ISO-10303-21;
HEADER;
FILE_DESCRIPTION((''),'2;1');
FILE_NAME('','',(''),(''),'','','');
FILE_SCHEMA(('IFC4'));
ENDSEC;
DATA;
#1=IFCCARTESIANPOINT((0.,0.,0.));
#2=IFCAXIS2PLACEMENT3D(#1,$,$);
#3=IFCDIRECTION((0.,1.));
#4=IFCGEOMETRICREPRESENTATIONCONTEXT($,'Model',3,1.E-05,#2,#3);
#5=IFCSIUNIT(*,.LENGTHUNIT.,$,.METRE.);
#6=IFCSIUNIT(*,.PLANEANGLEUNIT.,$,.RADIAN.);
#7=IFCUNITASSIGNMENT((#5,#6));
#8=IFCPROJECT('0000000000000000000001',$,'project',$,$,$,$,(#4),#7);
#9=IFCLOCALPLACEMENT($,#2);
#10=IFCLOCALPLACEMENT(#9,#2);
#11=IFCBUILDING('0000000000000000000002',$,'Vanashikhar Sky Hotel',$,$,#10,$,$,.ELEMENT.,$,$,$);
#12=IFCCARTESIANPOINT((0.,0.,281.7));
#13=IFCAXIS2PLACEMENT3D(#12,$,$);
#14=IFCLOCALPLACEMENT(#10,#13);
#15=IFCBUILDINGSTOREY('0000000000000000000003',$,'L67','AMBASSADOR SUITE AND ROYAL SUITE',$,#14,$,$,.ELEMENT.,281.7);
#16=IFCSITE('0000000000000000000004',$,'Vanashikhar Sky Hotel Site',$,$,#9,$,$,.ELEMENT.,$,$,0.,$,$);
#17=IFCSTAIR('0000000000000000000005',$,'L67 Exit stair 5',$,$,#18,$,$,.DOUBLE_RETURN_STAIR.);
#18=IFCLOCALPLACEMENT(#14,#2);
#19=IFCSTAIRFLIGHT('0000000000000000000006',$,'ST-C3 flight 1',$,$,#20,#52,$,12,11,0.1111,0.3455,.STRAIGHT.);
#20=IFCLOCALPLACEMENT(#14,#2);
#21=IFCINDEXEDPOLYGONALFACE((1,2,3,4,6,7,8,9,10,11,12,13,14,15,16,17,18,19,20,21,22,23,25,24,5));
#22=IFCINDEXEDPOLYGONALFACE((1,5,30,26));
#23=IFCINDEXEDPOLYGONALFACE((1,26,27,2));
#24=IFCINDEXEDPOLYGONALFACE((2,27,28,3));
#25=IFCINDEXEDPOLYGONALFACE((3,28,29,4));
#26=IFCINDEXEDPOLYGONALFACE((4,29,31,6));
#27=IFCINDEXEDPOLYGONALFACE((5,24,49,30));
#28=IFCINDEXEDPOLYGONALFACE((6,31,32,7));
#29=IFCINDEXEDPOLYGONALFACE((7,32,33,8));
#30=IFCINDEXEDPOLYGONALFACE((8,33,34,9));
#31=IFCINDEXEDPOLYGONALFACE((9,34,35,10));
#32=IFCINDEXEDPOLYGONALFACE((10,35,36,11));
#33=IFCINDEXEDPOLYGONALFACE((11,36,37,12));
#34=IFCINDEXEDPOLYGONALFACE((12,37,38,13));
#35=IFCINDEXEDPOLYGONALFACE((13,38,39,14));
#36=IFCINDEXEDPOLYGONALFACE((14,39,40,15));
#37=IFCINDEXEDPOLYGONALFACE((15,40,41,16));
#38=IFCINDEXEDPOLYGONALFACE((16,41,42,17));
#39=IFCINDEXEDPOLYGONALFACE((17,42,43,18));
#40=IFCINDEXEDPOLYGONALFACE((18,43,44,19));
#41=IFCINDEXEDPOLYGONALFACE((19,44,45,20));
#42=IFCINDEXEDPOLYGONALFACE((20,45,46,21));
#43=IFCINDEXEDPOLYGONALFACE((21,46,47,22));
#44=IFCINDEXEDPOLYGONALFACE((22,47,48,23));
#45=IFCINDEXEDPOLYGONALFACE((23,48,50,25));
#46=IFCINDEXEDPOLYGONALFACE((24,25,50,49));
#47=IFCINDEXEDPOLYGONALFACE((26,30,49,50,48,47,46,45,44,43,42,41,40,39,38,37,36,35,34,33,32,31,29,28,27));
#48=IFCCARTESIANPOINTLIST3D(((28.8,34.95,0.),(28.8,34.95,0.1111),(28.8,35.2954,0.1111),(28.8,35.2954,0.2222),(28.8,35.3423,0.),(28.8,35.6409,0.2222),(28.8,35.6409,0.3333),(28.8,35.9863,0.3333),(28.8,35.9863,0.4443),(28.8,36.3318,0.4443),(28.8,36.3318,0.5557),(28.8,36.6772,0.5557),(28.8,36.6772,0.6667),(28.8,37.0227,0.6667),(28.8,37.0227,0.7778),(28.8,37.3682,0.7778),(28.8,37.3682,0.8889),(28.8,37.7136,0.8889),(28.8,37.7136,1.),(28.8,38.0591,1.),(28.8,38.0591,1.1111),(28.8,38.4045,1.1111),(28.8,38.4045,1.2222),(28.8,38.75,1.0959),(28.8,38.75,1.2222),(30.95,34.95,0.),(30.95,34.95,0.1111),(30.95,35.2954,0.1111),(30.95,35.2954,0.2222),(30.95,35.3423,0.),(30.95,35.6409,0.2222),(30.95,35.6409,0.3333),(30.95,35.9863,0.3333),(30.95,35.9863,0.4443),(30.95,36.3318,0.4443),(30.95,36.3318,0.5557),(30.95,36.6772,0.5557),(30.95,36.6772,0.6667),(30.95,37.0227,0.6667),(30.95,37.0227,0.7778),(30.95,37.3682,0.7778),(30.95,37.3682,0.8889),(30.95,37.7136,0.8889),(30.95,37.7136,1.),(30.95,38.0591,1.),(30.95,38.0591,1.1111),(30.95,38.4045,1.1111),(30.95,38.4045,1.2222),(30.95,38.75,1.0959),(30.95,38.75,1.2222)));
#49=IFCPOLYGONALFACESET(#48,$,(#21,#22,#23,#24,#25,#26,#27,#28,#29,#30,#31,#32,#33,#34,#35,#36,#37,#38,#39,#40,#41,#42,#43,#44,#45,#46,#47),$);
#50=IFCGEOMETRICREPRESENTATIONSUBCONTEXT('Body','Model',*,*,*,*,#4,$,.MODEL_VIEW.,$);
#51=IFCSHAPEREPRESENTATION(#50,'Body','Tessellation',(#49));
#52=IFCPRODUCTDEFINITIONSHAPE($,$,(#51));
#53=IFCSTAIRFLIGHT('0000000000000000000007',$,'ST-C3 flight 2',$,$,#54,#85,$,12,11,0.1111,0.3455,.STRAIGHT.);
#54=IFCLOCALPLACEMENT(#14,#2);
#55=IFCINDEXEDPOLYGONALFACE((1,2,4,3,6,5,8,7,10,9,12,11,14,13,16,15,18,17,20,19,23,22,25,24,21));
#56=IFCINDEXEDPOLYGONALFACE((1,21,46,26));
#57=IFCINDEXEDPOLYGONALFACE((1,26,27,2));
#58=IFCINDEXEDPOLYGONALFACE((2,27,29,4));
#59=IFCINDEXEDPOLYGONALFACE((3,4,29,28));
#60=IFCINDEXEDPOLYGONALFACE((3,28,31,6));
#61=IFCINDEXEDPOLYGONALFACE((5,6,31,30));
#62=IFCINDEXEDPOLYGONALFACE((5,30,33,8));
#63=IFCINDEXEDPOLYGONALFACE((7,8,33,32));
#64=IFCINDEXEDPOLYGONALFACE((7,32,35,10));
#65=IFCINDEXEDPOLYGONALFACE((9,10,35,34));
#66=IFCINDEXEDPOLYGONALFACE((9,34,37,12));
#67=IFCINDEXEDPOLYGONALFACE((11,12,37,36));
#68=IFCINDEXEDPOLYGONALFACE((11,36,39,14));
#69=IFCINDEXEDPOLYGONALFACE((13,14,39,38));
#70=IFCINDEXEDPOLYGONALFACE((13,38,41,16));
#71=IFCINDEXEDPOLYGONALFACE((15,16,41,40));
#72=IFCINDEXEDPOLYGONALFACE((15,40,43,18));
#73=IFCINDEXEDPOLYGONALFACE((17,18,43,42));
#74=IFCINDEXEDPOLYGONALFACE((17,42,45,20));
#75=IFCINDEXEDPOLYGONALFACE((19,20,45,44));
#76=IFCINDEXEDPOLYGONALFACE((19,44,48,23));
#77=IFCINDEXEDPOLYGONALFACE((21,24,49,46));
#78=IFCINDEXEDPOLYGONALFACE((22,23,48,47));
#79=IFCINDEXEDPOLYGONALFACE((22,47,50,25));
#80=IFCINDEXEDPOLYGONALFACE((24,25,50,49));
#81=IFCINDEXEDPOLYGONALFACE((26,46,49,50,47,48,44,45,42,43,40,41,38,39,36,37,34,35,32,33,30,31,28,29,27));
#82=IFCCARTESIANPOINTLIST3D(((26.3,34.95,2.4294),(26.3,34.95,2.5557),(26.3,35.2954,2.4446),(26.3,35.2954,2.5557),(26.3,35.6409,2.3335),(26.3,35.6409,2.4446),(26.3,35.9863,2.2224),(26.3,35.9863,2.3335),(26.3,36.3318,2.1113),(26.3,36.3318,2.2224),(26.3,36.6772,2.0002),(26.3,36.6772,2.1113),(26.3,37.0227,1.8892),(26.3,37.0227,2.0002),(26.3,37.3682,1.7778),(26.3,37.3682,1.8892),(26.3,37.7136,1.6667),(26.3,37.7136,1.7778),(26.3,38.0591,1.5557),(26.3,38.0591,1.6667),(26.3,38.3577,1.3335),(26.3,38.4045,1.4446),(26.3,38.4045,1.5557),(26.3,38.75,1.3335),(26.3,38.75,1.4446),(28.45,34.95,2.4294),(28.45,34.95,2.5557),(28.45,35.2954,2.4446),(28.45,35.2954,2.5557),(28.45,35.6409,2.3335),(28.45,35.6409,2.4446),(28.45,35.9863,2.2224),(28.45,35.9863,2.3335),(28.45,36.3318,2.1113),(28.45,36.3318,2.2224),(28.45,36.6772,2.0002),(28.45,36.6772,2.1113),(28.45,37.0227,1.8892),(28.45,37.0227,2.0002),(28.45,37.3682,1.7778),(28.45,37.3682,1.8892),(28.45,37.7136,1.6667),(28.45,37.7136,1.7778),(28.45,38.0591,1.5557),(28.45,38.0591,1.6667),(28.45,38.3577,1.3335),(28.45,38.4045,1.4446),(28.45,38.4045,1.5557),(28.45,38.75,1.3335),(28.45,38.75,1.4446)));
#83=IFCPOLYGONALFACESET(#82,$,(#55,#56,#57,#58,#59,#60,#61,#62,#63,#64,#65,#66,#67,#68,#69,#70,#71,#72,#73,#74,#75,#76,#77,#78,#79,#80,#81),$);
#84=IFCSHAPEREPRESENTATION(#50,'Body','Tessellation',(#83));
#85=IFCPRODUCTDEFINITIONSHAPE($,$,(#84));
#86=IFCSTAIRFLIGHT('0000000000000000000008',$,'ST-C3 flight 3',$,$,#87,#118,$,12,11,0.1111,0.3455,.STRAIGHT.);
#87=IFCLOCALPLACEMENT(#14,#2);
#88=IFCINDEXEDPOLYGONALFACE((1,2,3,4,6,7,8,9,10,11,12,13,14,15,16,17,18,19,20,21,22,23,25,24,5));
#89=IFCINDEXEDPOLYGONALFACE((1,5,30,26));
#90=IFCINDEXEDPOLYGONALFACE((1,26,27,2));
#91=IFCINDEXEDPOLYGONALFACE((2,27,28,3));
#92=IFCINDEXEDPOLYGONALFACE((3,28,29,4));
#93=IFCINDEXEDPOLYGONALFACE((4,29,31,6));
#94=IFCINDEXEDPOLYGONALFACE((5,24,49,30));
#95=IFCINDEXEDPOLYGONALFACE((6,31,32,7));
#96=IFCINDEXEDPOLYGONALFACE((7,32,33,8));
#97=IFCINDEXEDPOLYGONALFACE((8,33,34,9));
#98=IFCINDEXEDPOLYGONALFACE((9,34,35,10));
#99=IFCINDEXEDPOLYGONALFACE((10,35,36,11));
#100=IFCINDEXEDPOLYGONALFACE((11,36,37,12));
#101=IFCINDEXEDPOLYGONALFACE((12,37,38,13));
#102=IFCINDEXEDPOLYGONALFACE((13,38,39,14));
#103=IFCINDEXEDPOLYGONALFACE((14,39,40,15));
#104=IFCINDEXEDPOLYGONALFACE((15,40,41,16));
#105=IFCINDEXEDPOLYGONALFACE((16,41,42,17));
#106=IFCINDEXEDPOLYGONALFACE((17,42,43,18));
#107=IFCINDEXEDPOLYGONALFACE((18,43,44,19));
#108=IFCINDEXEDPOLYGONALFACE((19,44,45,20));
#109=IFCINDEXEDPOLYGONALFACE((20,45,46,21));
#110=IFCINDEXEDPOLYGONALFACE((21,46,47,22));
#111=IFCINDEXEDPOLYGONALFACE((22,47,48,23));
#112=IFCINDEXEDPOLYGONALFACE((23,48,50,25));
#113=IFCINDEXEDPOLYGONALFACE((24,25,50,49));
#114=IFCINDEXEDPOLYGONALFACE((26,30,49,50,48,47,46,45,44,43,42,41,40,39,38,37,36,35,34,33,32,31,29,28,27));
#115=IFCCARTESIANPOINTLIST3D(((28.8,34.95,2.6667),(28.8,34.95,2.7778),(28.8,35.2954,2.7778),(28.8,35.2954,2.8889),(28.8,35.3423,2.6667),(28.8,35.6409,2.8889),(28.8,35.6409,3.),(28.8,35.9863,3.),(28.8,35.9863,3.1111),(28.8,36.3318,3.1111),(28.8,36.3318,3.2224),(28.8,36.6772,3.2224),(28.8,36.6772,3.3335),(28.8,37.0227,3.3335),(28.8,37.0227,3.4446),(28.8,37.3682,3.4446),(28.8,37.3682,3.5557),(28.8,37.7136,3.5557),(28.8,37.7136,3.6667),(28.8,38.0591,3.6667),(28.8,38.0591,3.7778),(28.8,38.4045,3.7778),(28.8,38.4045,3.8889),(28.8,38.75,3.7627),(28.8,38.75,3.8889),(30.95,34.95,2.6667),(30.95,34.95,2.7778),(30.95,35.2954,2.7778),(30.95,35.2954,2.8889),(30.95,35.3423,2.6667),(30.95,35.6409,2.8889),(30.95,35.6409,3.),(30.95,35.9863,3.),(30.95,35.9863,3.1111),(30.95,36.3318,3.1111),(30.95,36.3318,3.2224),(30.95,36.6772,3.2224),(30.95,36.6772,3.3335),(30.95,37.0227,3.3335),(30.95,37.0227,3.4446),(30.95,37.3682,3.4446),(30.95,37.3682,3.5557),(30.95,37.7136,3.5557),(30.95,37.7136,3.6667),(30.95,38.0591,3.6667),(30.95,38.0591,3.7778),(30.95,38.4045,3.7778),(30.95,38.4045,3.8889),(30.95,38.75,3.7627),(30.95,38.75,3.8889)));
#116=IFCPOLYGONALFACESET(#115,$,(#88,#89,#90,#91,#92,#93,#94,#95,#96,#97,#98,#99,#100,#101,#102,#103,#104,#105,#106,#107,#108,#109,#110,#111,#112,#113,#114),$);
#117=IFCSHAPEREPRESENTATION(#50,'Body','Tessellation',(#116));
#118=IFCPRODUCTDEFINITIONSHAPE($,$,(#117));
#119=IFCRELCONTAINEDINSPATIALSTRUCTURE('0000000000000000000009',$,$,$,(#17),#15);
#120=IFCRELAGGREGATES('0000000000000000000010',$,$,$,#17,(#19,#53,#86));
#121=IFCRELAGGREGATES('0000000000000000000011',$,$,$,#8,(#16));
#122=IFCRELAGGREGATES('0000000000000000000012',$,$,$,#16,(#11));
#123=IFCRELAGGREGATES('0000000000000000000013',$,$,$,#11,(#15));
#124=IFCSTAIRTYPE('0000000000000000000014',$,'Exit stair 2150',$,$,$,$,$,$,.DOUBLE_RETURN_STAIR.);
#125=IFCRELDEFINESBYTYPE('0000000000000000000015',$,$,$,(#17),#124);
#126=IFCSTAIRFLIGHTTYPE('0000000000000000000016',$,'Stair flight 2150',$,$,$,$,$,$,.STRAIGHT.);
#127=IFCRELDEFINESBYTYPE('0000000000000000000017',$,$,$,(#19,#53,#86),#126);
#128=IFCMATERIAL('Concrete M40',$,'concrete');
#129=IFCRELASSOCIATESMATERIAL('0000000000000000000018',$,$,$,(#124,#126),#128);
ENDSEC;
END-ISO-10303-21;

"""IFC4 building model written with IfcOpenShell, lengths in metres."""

from ifc_helpers import new_model, si_unit, direction, frame, origin, place, context, subcontext, project, spatial, polyline, outline, extrude, source, transform, mapped, material, type_object, element, aggregate, save


model = new_model("IFC4")

# Units and contexts
model_context = context("Model", 3, precision=1e-05, world=origin(), true_north=direction((0.0, 1.0)))
body_context = subcontext(model_context, "Body", "Model", "MODEL_VIEW")
ifc_project = project(units=[si_unit("LENGTHUNIT", "METRE"), si_unit("PLANEANGLEUNIT", "RADIAN")], contexts=[model_context])

# Site, building, storey
site_placement = place(None, origin())
site = spatial("IfcSite", under=ifc_project, at=site_placement, Name="Vanashikhar Sky Hotel Site", CompositionType="ELEMENT", RefElevation=0.0)
building_placement = place(site_placement, origin())
building = spatial("IfcBuilding", under=site, at=building_placement, Name="Vanashikhar Sky Hotel", CompositionType="ELEMENT")
storey_placement = place(building_placement, frame((0.0, 0.0, 281.7)))
storey = spatial("IfcBuildingStorey", under=building, at=storey_placement, Name="L67", Description="AMBASSADOR SUITE AND ROYAL SUITE", CompositionType="ELEMENT", Elevation=281.7)

# Shared definitions
ifc_material_1 = material(Name="Concrete M40", Category="concrete")

# Shared definitions
stair_type = type_object("IfcStairType", Name="Exit stair 2150", PredefinedType="DOUBLE_RETURN_STAIR", material=ifc_material_1)
stair_flight_type = type_object("IfcStairFlightType", Name="Stair flight 2150", PredefinedType="STRAIGHT", material=ifc_material_1)
shared_shape_1 = source(origin(), body_context, "Body", "SweptSolid", [
    extrude(outline(polyline([(0.0, 0.0), (0.0, 0.1111), (0.3455, 0.1111), (0.3455, 0.2222), (0.6909, 0.2222), (0.6909, 0.3333), (1.0364, 0.3333), (1.0364, 0.4443), (1.3818, 0.4443), (1.3818, 0.5557), (1.7273, 0.5557), (1.7273, 0.6667), (2.0728, 0.6667), (2.0728, 0.7778), (2.4182, 0.7778), (2.4182, 0.8889), (2.7637, 0.8889), (2.7637, 1.0), (3.1091, 1.0), (3.1091, 1.1111), (3.4546, 1.1111), (3.4546, 1.2222), (3.8, 1.2222), (3.8, 1.3333), (3.8, 1.0959), (0.3923, 0.0), (0.0, 0.0)])), frame((0.0, 1.075, 0.0), z_axis=(0.0, -1.0, 0.0), x_axis=(1.0, 0.0, 0.0)), (0.0, 0.0, 1.0), 2.1499),
])

# Stair, stair flights
stair_1_placement = place(storey_placement, origin())
stair_1 = element("IfcStair", 1, at=stair_1_placement, inside=storey, type_object=stair_type, Name="L67 Exit stair 5", PredefinedType="DOUBLE_RETURN_STAIR")
stair_flight_1_placement = place(storey_placement, frame((29.875, 34.95, 0.0), z_axis=(0.0, 0.0, 1.0), x_axis=(0.0, 1.0, 0.0)))
stair_flight_1 = element("IfcStairFlight", 2, at=stair_flight_1_placement, type_object=stair_flight_type, Name="ST-C3 flight 1", NumberOfRisers=12, NumberOfTreads=11, PredefinedType="STRAIGHT", RiserHeight=0.1111, TreadLength=0.3455, context=body_context, shape_type="MappedRepresentation", body=[
    mapped(shared_shape_1, transform((0.0, 0.0, 0.0), scale=1.0)),
])
stair_flight_2_placement = place(storey_placement, frame((27.375, 38.75, 1.3335), z_axis=(0.0, 0.0, 1.0), x_axis=(0.0, -1.0, 0.0)))
stair_flight_2 = element("IfcStairFlight", 3, at=stair_flight_2_placement, type_object=stair_flight_type, Name="ST-C3 flight 2", NumberOfRisers=12, NumberOfTreads=11, PredefinedType="STRAIGHT", RiserHeight=0.1111, TreadLength=0.3455, context=body_context, shape_type="MappedRepresentation", body=[
    mapped(shared_shape_1, transform((0.0, 0.0, 0.0), scale=1.0)),
])
stair_flight_3_placement = place(storey_placement, frame((29.875, 34.95, 2.6667), z_axis=(0.0, 0.0, 1.0), x_axis=(0.0, 1.0, 0.0)))
stair_flight_3 = element("IfcStairFlight", 4, at=stair_flight_3_placement, type_object=stair_flight_type, Name="ST-C3 flight 3", NumberOfRisers=12, NumberOfTreads=11, PredefinedType="STRAIGHT", RiserHeight=0.1111, TreadLength=0.3455, context=body_context, shape_type="MappedRepresentation", body=[
    mapped(shared_shape_1, transform((0.0, 0.0, 0.0), scale=1.0)),
])
aggregate(stair_1, [stair_flight_1, stair_flight_2, stair_flight_3])

save(model, "model.ifc")
